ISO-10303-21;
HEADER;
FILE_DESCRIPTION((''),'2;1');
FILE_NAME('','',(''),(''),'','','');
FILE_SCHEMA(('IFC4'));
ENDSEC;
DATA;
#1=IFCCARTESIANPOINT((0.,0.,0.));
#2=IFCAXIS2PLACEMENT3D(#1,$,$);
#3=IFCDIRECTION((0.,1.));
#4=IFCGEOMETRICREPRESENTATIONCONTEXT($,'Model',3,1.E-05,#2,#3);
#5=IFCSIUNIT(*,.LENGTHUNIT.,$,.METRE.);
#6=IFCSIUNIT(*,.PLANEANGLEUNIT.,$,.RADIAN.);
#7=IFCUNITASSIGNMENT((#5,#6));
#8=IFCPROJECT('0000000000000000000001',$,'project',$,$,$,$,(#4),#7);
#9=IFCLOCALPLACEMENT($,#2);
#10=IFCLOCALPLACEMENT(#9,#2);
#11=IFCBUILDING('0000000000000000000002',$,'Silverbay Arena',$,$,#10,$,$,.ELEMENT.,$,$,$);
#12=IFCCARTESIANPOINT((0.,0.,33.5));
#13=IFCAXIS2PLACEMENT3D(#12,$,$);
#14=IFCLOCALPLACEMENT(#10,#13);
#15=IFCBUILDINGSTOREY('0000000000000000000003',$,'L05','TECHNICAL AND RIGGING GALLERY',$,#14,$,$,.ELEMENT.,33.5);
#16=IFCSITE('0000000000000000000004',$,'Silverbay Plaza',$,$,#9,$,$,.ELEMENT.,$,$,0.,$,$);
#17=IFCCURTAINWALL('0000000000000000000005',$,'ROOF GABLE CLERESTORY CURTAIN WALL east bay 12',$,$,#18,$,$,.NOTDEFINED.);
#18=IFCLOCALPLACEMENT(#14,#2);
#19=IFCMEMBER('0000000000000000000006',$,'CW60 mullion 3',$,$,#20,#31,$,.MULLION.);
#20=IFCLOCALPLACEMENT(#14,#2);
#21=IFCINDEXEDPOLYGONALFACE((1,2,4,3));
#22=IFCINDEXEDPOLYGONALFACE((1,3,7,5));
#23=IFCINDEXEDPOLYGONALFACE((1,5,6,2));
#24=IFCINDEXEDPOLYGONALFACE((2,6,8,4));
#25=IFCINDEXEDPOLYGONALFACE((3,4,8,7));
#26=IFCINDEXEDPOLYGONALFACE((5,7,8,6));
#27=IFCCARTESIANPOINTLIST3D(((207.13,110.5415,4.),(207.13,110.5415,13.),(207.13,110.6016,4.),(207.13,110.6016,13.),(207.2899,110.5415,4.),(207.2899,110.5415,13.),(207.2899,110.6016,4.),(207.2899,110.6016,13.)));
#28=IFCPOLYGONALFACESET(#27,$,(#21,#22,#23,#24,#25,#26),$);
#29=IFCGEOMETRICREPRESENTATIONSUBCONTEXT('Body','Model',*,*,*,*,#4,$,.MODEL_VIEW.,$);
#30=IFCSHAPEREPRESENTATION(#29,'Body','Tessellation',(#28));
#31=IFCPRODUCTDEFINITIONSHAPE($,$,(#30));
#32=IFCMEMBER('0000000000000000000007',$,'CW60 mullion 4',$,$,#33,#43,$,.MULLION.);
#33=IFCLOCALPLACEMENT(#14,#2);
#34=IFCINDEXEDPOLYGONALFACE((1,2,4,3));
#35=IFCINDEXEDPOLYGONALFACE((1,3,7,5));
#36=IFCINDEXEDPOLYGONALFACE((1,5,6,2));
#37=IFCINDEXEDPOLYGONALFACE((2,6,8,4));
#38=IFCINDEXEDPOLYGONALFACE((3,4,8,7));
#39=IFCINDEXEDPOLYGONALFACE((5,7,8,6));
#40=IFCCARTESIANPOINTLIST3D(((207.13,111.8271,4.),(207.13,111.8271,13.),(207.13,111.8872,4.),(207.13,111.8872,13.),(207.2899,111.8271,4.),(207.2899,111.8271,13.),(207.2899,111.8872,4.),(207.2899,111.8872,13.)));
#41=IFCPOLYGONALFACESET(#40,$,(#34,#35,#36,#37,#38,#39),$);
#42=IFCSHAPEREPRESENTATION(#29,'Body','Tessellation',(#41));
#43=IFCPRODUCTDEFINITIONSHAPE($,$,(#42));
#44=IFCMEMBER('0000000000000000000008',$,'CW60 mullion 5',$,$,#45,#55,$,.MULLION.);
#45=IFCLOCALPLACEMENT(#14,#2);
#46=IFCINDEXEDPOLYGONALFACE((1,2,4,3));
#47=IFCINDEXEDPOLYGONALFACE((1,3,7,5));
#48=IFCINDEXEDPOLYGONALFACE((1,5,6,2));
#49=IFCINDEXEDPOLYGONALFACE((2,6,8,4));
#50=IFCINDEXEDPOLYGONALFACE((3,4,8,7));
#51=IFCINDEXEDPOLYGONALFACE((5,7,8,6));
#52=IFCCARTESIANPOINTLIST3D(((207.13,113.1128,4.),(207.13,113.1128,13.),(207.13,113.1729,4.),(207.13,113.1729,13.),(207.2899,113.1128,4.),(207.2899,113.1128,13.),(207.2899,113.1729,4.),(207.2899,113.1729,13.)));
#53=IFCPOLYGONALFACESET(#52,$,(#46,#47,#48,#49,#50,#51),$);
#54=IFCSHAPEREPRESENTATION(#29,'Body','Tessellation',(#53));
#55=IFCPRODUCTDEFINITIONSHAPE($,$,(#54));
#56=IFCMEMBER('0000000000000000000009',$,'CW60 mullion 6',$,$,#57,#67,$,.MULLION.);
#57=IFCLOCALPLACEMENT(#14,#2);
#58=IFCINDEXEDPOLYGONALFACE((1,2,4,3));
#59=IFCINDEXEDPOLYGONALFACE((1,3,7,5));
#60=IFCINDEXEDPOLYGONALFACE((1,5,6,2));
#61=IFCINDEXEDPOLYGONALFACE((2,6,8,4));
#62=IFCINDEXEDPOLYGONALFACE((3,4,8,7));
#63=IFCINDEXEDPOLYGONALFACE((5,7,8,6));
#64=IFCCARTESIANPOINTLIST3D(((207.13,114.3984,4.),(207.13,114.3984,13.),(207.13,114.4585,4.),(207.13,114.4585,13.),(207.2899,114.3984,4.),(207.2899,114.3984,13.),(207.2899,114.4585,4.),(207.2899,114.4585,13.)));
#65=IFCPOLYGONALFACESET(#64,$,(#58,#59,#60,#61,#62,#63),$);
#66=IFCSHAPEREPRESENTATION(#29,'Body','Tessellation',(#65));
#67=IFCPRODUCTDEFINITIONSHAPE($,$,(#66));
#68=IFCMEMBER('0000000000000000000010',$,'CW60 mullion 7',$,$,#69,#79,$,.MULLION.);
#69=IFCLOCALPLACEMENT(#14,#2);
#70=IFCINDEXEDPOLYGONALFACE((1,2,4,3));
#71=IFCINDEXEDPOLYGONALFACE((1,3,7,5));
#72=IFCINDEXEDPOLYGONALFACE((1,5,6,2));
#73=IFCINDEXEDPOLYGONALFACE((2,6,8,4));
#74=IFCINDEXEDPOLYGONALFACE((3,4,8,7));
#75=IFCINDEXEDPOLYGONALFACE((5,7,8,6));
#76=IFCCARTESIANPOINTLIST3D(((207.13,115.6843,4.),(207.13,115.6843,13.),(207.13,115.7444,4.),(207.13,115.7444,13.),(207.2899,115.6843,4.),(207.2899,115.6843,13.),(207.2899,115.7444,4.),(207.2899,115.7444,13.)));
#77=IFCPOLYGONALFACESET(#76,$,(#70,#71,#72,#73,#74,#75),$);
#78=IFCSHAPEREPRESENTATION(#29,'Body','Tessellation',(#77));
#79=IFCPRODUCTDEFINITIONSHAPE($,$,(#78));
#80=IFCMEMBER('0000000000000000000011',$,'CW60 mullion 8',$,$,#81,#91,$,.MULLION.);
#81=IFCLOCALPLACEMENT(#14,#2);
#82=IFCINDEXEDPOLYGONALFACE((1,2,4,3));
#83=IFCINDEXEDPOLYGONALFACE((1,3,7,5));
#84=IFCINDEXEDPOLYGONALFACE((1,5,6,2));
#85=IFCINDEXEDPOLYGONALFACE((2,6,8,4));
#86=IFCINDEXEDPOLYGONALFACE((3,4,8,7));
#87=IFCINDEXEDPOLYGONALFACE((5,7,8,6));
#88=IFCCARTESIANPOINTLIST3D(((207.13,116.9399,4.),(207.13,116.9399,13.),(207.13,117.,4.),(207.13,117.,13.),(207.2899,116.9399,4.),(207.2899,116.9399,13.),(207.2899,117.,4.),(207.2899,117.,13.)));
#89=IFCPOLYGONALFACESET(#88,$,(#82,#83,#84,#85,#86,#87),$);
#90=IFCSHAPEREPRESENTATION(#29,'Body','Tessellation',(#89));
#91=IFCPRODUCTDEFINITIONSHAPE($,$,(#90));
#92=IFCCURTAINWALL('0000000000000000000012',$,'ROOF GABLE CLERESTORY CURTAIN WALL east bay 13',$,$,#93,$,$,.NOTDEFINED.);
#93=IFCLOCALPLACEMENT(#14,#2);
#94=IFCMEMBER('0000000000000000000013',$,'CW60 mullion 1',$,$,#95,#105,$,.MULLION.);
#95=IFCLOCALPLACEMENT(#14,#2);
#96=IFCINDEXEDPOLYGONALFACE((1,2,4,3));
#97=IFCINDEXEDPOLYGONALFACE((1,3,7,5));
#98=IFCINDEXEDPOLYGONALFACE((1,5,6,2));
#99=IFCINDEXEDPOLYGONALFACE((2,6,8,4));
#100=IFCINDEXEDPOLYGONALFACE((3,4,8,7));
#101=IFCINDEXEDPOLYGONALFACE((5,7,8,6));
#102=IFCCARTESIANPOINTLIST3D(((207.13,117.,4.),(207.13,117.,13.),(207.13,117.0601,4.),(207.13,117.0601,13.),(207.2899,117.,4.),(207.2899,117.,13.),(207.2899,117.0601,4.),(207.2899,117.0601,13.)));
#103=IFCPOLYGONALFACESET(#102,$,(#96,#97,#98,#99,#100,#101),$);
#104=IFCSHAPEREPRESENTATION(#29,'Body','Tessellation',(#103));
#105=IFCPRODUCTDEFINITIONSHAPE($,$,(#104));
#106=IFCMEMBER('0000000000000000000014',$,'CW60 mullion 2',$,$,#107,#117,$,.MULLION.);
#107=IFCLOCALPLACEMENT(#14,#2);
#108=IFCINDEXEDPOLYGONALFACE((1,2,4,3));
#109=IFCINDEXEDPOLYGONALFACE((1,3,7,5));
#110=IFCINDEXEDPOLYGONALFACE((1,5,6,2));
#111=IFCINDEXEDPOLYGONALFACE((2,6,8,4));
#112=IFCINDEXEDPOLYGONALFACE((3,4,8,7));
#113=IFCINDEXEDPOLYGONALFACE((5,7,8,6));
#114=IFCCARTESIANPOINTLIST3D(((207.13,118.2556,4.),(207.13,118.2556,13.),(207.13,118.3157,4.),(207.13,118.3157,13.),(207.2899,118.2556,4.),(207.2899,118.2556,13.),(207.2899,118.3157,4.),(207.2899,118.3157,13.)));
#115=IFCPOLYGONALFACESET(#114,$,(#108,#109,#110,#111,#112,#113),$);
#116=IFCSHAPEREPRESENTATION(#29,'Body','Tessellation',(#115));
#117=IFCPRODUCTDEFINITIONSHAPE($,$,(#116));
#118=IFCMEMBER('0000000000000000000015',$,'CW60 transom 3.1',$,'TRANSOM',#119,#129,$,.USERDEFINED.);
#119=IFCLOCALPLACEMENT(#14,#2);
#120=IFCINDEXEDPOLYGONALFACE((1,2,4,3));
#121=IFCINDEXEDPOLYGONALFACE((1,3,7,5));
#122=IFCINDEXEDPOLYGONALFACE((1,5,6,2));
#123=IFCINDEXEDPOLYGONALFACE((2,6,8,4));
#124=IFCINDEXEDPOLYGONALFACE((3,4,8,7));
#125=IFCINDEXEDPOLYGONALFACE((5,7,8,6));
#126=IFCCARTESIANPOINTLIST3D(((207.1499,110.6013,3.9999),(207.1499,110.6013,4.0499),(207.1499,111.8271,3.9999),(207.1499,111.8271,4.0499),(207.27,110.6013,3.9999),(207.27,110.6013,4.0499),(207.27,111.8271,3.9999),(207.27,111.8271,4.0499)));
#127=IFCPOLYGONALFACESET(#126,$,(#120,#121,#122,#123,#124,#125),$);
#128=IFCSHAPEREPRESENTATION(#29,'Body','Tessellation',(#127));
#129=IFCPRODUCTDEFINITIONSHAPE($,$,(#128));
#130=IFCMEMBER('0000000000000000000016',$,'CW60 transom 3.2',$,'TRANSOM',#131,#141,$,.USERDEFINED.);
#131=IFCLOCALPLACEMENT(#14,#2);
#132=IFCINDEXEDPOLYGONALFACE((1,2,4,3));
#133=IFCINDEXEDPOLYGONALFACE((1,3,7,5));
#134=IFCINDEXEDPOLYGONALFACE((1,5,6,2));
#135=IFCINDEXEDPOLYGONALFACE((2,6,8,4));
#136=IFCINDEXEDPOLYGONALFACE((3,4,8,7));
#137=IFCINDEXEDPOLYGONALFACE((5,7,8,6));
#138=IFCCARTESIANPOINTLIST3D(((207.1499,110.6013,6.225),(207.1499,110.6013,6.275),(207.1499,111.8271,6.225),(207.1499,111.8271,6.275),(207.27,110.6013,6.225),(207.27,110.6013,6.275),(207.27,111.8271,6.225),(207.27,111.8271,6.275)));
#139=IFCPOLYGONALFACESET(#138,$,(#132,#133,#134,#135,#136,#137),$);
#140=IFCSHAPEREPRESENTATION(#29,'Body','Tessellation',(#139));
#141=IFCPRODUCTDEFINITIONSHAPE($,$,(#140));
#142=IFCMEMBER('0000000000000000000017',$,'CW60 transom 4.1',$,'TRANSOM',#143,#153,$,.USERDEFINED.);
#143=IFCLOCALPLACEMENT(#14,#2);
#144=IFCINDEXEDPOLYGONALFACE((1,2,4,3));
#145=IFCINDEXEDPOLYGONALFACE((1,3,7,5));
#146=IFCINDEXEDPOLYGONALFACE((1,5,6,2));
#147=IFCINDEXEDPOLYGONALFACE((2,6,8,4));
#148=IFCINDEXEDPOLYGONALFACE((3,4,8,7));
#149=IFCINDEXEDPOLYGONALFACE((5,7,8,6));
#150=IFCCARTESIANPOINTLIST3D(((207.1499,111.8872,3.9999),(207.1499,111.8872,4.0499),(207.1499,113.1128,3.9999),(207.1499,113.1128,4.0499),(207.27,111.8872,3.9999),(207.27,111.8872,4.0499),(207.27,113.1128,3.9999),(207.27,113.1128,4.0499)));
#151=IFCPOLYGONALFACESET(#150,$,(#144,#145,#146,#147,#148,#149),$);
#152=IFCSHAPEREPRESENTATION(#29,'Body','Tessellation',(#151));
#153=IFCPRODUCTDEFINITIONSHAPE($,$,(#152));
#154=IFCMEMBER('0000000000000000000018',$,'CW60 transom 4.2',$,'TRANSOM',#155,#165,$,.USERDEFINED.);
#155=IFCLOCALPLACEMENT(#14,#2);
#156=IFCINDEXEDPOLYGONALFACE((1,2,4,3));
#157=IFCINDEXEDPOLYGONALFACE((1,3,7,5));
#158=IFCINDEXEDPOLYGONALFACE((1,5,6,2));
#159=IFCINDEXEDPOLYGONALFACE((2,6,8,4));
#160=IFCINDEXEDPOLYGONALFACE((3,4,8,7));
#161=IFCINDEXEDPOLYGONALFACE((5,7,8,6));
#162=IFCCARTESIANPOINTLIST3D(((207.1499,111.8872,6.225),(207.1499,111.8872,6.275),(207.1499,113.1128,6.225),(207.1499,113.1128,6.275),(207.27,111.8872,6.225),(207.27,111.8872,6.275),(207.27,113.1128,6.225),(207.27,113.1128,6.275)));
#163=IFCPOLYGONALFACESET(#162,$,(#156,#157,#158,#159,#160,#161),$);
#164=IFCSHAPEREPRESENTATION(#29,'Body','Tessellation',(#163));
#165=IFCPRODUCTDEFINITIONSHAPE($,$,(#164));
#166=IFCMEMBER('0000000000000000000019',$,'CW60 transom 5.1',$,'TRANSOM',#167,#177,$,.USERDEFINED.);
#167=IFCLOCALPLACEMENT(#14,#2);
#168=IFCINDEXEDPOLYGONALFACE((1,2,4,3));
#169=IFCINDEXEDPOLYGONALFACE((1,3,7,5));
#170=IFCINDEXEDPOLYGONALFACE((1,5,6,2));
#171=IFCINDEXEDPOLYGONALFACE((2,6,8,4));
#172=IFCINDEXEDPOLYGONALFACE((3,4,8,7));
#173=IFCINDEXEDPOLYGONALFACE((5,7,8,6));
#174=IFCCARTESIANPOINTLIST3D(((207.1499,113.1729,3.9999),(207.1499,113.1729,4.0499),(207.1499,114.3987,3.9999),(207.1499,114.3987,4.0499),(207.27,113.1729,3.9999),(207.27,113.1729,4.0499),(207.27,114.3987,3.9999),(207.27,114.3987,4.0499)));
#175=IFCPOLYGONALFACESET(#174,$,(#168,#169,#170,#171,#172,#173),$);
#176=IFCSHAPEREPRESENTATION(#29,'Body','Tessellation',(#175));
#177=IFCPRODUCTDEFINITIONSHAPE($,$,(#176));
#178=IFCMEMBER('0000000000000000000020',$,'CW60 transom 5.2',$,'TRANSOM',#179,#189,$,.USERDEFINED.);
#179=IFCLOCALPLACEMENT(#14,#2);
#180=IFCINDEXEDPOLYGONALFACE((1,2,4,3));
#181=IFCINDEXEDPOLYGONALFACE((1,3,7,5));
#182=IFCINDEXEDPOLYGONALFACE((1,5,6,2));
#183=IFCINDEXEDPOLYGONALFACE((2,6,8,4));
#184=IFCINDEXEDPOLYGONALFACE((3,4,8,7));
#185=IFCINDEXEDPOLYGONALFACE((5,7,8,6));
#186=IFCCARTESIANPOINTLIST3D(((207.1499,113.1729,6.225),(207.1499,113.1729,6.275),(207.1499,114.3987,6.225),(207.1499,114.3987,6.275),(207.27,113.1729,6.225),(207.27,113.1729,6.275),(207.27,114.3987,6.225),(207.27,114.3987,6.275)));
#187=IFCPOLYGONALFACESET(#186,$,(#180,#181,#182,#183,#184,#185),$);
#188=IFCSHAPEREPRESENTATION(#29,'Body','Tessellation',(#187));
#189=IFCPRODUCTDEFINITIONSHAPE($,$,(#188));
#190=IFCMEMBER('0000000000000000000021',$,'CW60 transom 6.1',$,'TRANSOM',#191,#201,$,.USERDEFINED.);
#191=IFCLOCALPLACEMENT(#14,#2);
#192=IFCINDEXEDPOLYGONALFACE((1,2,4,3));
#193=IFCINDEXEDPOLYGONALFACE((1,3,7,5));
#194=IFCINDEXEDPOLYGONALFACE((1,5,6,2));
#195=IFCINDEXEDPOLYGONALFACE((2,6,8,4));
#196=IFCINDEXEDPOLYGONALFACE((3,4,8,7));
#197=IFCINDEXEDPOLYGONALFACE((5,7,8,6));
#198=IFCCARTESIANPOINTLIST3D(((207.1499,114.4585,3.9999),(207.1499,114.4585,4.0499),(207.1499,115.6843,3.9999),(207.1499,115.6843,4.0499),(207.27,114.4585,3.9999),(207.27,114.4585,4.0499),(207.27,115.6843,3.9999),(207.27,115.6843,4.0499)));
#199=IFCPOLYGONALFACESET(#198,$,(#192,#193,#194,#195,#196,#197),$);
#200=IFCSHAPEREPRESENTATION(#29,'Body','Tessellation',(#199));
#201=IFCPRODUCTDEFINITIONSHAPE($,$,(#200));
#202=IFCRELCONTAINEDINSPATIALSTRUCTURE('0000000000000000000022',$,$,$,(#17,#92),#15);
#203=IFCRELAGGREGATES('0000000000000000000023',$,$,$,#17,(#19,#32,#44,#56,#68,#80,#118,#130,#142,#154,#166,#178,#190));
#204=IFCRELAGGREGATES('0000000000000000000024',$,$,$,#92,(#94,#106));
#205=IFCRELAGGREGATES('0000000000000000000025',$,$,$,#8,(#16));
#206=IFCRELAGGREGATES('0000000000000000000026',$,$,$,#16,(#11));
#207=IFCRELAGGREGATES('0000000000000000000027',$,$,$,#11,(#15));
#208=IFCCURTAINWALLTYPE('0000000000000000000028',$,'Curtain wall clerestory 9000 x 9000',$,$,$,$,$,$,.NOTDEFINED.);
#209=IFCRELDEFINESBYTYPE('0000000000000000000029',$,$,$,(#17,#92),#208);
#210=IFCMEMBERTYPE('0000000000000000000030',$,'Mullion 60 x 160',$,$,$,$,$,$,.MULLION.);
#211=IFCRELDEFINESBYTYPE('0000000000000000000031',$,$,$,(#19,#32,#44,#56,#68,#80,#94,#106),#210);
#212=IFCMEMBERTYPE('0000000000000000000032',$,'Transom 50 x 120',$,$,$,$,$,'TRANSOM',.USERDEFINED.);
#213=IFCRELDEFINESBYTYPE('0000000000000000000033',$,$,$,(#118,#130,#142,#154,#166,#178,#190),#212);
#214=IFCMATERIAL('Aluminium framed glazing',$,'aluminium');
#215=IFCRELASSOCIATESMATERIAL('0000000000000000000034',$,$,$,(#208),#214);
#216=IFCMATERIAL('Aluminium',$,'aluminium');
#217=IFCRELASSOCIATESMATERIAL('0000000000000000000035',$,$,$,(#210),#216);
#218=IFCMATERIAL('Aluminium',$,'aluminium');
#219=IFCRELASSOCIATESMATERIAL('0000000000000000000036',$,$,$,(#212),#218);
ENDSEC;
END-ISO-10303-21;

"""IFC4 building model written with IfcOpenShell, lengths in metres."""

from ifc_helpers import new_model, si_unit, direction, frame, origin, origin_2d, place, context, subcontext, project, spatial, rectangle, extrude, material, material_profile, profile_set, type_object, element, aggregate, save


model = new_model("IFC4")

# Units and contexts
model_context = context("Model", 3, precision=1e-05, world=origin(), true_north=direction((0.0, 1.0)))
body_context = subcontext(model_context, "Body", "Model", "MODEL_VIEW")
ifc_project = project(units=[si_unit("LENGTHUNIT", "METRE"), si_unit("PLANEANGLEUNIT", "RADIAN")], contexts=[model_context])

# Site, building, storey
site_placement = place(None, origin())
site = spatial("IfcSite", under=ifc_project, at=site_placement, Name="Silverbay Plaza", CompositionType="ELEMENT", RefElevation=0.0)
building_placement = place(site_placement, origin())
building = spatial("IfcBuilding", under=site, at=building_placement, Name="Silverbay Arena", CompositionType="ELEMENT")
storey_placement = place(building_placement, frame((0.0, 0.0, 33.5)))
storey = spatial("IfcBuildingStorey", under=building, at=storey_placement, Name="L05", Description="TECHNICAL AND RIGGING GALLERY", CompositionType="ELEMENT", Elevation=33.5)

# Curtain walls, members
ifc_material_1 = material(Name="Aluminium framed glazing", Category="aluminium")
curtain_wall_type = type_object("IfcCurtainWallType", Name="Curtain wall clerestory 9000 x 9000", PredefinedType="NOTDEFINED", material=ifc_material_1)
curtain_wall_1_placement = place(storey_placement, origin())
curtain_wall_1 = element("IfcCurtainWall", 1, at=curtain_wall_1_placement, inside=storey, type_object=curtain_wall_type, Name="ROOF GABLE CLERESTORY CURTAIN WALL east bay 12", PredefinedType="NOTDEFINED")
ifc_material_2 = material(Name="Aluminium", Category="aluminium")
ifc_material_profile_1 = material_profile(ifc_material_2, rectangle(XDim=0.1599, YDim=0.0601, at=origin_2d()), Name="Mullion 60 x 160")
ifc_profile_set_1 = profile_set([ifc_material_profile_1], Name="Aluminium")
member_type_1 = type_object("IfcMemberType", Name="Mullion 60 x 160", PredefinedType="MULLION", material=ifc_profile_set_1)
member_1_placement = place(storey_placement, frame((207.21, 110.5715, 4.0), z_axis=(0.0, 0.0, 1.0), x_axis=(-1.0, 0.0, 0.0)))
member_1 = element("IfcMember", 2, at=member_1_placement, type_object=member_type_1, Name="CW60 mullion 3", PredefinedType="MULLION", context=body_context, shape_type="SweptSolid", body=[
    extrude(rectangle(XDim=0.1599, YDim=0.0601, at=origin_2d()), origin(), (0.0, 0.0, 1.0), 9.0),
])
member_2_placement = place(storey_placement, frame((207.21, 111.8572, 4.0), z_axis=(0.0, 0.0, 1.0), x_axis=(-1.0, 0.0, 0.0)))
member_2 = element("IfcMember", 3, at=member_2_placement, type_object=member_type_1, Name="CW60 mullion 4", PredefinedType="MULLION", context=body_context, shape_type="SweptSolid", body=[
    extrude(rectangle(XDim=0.1599, YDim=0.0601, at=origin_2d()), origin(), (0.0, 0.0, 1.0), 9.0),
])
member_3_placement = place(storey_placement, frame((207.21, 113.1428, 4.0), z_axis=(0.0, 0.0, 1.0), x_axis=(-1.0, 0.0, 0.0)))
member_3 = element("IfcMember", 4, at=member_3_placement, type_object=member_type_1, Name="CW60 mullion 5", PredefinedType="MULLION", context=body_context, shape_type="SweptSolid", body=[
    extrude(rectangle(XDim=0.1599, YDim=0.0601, at=origin_2d()), origin(), (0.0, 0.0, 1.0), 9.0),
])
member_4_placement = place(storey_placement, frame((207.21, 114.4285, 4.0), z_axis=(0.0, 0.0, 1.0), x_axis=(-1.0, 0.0, 0.0)))
member_4 = element("IfcMember", 5, at=member_4_placement, type_object=member_type_1, Name="CW60 mullion 6", PredefinedType="MULLION", context=body_context, shape_type="SweptSolid", body=[
    extrude(rectangle(XDim=0.1599, YDim=0.0601, at=origin_2d()), origin(), (0.0, 0.0, 1.0), 9.0),
])
member_5_placement = place(storey_placement, frame((207.21, 115.7144, 4.0), z_axis=(0.0, 0.0, 1.0), x_axis=(-1.0, 0.0, 0.0)))
member_5 = element("IfcMember", 6, at=member_5_placement, type_object=member_type_1, Name="CW60 mullion 7", PredefinedType="MULLION", context=body_context, shape_type="SweptSolid", body=[
    extrude(rectangle(XDim=0.1599, YDim=0.0601, at=origin_2d()), origin(), (0.0, 0.0, 1.0), 9.0),
])
member_6_placement = place(storey_placement, frame((207.21, 116.97, 4.0), z_axis=(0.0, 0.0, 1.0), x_axis=(-1.0, 0.0, 0.0)))
member_6 = element("IfcMember", 7, at=member_6_placement, type_object=member_type_1, Name="CW60 mullion 8", PredefinedType="MULLION", context=body_context, shape_type="SweptSolid", body=[
    extrude(rectangle(XDim=0.1599, YDim=0.0601, at=origin_2d()), origin(), (0.0, 0.0, 1.0), 9.0),
])
curtain_wall_2_placement = place(storey_placement, origin())
curtain_wall_2 = element("IfcCurtainWall", 8, at=curtain_wall_2_placement, inside=storey, type_object=curtain_wall_type, Name="ROOF GABLE CLERESTORY CURTAIN WALL east bay 13", PredefinedType="NOTDEFINED")
member_7_placement = place(storey_placement, frame((207.21, 117.03, 4.0), z_axis=(0.0, 0.0, 1.0), x_axis=(-1.0, 0.0, 0.0)))
member_7 = element("IfcMember", 9, at=member_7_placement, type_object=member_type_1, Name="CW60 mullion 1", PredefinedType="MULLION", context=body_context, shape_type="SweptSolid", body=[
    extrude(rectangle(XDim=0.1599, YDim=0.0601, at=origin_2d()), origin(), (0.0, 0.0, 1.0), 9.0),
])
member_8_placement = place(storey_placement, frame((207.21, 118.2856, 4.0), z_axis=(0.0, 0.0, 1.0), x_axis=(-1.0, 0.0, 0.0)))
member_8 = element("IfcMember", 10, at=member_8_placement, type_object=member_type_1, Name="CW60 mullion 2", PredefinedType="MULLION", context=body_context, shape_type="SweptSolid", body=[
    extrude(rectangle(XDim=0.1599, YDim=0.0601, at=origin_2d()), origin(), (0.0, 0.0, 1.0), 9.0),
])

# Members
ifc_material_3 = material(Name="Aluminium", Category="aluminium")
ifc_material_profile_2 = material_profile(ifc_material_3, rectangle(XDim=0.1201, YDim=0.05, at=origin_2d()), Name="Transom 50 x 120")
ifc_profile_set_2 = profile_set([ifc_material_profile_2], Name="Aluminium")
member_type_2 = type_object("IfcMemberType", Name="Transom 50 x 120", ElementType="TRANSOM", PredefinedType="USERDEFINED", material=ifc_profile_set_2)
member_9_placement = place(storey_placement, frame((207.21, 110.6013, 4.0249), z_axis=(0.0, 1.0, 0.0), x_axis=(-1.0, 0.0, 0.0)))
member_9 = element("IfcMember", 11, at=member_9_placement, type_object=member_type_2, Name="CW60 transom 3.1", ObjectType="TRANSOM", PredefinedType="USERDEFINED", context=body_context, shape_type="SweptSolid", body=[
    extrude(rectangle(XDim=0.1201, YDim=0.05, at=origin_2d()), origin(), (0.0, 0.0, 1.0), 1.2258),
])
member_10_placement = place(storey_placement, frame((207.21, 110.6013, 6.25), z_axis=(0.0, 1.0, 0.0), x_axis=(-1.0, 0.0, 0.0)))
member_10 = element("IfcMember", 12, at=member_10_placement, type_object=member_type_2, Name="CW60 transom 3.2", ObjectType="TRANSOM", PredefinedType="USERDEFINED", context=body_context, shape_type="SweptSolid", body=[
    extrude(rectangle(XDim=0.1201, YDim=0.05, at=origin_2d()), origin(), (0.0, 0.0, 1.0), 1.2258),
])
member_11_placement = place(storey_placement, frame((207.21, 111.8872, 4.0249), z_axis=(0.0, 1.0, 0.0), x_axis=(-1.0, 0.0, 0.0)))
member_11 = element("IfcMember", 13, at=member_11_placement, type_object=member_type_2, Name="CW60 transom 4.1", ObjectType="TRANSOM", PredefinedType="USERDEFINED", context=body_context, shape_type="SweptSolid", body=[
    extrude(rectangle(XDim=0.1201, YDim=0.05, at=origin_2d()), origin(), (0.0, 0.0, 1.0), 1.2256),
])
member_12_placement = place(storey_placement, frame((207.21, 111.8872, 6.25), z_axis=(0.0, 1.0, 0.0), x_axis=(-1.0, 0.0, 0.0)))
member_12 = element("IfcMember", 14, at=member_12_placement, type_object=member_type_2, Name="CW60 transom 4.2", ObjectType="TRANSOM", PredefinedType="USERDEFINED", context=body_context, shape_type="SweptSolid", body=[
    extrude(rectangle(XDim=0.1201, YDim=0.05, at=origin_2d()), origin(), (0.0, 0.0, 1.0), 1.2256),
])
member_13_placement = place(storey_placement, frame((207.21, 113.1729, 4.0249), z_axis=(0.0, 1.0, 0.0), x_axis=(-1.0, 0.0, 0.0)))
member_13 = element("IfcMember", 15, at=member_13_placement, type_object=member_type_2, Name="CW60 transom 5.1", ObjectType="TRANSOM", PredefinedType="USERDEFINED", context=body_context, shape_type="SweptSolid", body=[
    extrude(rectangle(XDim=0.1201, YDim=0.05, at=origin_2d()), origin(), (0.0, 0.0, 1.0), 1.2258),
])
member_14_placement = place(storey_placement, frame((207.21, 113.1729, 6.25), z_axis=(0.0, 1.0, 0.0), x_axis=(-1.0, 0.0, 0.0)))
member_14 = element("IfcMember", 16, at=member_14_placement, type_object=member_type_2, Name="CW60 transom 5.2", ObjectType="TRANSOM", PredefinedType="USERDEFINED", context=body_context, shape_type="SweptSolid", body=[
    extrude(rectangle(XDim=0.1201, YDim=0.05, at=origin_2d()), origin(), (0.0, 0.0, 1.0), 1.2258),
])
member_15_placement = place(storey_placement, frame((207.21, 114.4585, 4.0249), z_axis=(0.0, 1.0, 0.0), x_axis=(-1.0, 0.0, 0.0)))
member_15 = element("IfcMember", 17, at=member_15_placement, type_object=member_type_2, Name="CW60 transom 6.1", ObjectType="TRANSOM", PredefinedType="USERDEFINED", context=body_context, shape_type="SweptSolid", body=[
    extrude(rectangle(XDim=0.1201, YDim=0.05, at=origin_2d()), origin(), (0.0, 0.0, 1.0), 1.2258),
])

aggregate(curtain_wall_1, [member_1, member_2, member_3, member_4, member_5, member_6, member_9, member_10, member_11, member_12, member_13, member_14, member_15])
aggregate(curtain_wall_2, [member_7, member_8])

save(model, "model.ifc")
